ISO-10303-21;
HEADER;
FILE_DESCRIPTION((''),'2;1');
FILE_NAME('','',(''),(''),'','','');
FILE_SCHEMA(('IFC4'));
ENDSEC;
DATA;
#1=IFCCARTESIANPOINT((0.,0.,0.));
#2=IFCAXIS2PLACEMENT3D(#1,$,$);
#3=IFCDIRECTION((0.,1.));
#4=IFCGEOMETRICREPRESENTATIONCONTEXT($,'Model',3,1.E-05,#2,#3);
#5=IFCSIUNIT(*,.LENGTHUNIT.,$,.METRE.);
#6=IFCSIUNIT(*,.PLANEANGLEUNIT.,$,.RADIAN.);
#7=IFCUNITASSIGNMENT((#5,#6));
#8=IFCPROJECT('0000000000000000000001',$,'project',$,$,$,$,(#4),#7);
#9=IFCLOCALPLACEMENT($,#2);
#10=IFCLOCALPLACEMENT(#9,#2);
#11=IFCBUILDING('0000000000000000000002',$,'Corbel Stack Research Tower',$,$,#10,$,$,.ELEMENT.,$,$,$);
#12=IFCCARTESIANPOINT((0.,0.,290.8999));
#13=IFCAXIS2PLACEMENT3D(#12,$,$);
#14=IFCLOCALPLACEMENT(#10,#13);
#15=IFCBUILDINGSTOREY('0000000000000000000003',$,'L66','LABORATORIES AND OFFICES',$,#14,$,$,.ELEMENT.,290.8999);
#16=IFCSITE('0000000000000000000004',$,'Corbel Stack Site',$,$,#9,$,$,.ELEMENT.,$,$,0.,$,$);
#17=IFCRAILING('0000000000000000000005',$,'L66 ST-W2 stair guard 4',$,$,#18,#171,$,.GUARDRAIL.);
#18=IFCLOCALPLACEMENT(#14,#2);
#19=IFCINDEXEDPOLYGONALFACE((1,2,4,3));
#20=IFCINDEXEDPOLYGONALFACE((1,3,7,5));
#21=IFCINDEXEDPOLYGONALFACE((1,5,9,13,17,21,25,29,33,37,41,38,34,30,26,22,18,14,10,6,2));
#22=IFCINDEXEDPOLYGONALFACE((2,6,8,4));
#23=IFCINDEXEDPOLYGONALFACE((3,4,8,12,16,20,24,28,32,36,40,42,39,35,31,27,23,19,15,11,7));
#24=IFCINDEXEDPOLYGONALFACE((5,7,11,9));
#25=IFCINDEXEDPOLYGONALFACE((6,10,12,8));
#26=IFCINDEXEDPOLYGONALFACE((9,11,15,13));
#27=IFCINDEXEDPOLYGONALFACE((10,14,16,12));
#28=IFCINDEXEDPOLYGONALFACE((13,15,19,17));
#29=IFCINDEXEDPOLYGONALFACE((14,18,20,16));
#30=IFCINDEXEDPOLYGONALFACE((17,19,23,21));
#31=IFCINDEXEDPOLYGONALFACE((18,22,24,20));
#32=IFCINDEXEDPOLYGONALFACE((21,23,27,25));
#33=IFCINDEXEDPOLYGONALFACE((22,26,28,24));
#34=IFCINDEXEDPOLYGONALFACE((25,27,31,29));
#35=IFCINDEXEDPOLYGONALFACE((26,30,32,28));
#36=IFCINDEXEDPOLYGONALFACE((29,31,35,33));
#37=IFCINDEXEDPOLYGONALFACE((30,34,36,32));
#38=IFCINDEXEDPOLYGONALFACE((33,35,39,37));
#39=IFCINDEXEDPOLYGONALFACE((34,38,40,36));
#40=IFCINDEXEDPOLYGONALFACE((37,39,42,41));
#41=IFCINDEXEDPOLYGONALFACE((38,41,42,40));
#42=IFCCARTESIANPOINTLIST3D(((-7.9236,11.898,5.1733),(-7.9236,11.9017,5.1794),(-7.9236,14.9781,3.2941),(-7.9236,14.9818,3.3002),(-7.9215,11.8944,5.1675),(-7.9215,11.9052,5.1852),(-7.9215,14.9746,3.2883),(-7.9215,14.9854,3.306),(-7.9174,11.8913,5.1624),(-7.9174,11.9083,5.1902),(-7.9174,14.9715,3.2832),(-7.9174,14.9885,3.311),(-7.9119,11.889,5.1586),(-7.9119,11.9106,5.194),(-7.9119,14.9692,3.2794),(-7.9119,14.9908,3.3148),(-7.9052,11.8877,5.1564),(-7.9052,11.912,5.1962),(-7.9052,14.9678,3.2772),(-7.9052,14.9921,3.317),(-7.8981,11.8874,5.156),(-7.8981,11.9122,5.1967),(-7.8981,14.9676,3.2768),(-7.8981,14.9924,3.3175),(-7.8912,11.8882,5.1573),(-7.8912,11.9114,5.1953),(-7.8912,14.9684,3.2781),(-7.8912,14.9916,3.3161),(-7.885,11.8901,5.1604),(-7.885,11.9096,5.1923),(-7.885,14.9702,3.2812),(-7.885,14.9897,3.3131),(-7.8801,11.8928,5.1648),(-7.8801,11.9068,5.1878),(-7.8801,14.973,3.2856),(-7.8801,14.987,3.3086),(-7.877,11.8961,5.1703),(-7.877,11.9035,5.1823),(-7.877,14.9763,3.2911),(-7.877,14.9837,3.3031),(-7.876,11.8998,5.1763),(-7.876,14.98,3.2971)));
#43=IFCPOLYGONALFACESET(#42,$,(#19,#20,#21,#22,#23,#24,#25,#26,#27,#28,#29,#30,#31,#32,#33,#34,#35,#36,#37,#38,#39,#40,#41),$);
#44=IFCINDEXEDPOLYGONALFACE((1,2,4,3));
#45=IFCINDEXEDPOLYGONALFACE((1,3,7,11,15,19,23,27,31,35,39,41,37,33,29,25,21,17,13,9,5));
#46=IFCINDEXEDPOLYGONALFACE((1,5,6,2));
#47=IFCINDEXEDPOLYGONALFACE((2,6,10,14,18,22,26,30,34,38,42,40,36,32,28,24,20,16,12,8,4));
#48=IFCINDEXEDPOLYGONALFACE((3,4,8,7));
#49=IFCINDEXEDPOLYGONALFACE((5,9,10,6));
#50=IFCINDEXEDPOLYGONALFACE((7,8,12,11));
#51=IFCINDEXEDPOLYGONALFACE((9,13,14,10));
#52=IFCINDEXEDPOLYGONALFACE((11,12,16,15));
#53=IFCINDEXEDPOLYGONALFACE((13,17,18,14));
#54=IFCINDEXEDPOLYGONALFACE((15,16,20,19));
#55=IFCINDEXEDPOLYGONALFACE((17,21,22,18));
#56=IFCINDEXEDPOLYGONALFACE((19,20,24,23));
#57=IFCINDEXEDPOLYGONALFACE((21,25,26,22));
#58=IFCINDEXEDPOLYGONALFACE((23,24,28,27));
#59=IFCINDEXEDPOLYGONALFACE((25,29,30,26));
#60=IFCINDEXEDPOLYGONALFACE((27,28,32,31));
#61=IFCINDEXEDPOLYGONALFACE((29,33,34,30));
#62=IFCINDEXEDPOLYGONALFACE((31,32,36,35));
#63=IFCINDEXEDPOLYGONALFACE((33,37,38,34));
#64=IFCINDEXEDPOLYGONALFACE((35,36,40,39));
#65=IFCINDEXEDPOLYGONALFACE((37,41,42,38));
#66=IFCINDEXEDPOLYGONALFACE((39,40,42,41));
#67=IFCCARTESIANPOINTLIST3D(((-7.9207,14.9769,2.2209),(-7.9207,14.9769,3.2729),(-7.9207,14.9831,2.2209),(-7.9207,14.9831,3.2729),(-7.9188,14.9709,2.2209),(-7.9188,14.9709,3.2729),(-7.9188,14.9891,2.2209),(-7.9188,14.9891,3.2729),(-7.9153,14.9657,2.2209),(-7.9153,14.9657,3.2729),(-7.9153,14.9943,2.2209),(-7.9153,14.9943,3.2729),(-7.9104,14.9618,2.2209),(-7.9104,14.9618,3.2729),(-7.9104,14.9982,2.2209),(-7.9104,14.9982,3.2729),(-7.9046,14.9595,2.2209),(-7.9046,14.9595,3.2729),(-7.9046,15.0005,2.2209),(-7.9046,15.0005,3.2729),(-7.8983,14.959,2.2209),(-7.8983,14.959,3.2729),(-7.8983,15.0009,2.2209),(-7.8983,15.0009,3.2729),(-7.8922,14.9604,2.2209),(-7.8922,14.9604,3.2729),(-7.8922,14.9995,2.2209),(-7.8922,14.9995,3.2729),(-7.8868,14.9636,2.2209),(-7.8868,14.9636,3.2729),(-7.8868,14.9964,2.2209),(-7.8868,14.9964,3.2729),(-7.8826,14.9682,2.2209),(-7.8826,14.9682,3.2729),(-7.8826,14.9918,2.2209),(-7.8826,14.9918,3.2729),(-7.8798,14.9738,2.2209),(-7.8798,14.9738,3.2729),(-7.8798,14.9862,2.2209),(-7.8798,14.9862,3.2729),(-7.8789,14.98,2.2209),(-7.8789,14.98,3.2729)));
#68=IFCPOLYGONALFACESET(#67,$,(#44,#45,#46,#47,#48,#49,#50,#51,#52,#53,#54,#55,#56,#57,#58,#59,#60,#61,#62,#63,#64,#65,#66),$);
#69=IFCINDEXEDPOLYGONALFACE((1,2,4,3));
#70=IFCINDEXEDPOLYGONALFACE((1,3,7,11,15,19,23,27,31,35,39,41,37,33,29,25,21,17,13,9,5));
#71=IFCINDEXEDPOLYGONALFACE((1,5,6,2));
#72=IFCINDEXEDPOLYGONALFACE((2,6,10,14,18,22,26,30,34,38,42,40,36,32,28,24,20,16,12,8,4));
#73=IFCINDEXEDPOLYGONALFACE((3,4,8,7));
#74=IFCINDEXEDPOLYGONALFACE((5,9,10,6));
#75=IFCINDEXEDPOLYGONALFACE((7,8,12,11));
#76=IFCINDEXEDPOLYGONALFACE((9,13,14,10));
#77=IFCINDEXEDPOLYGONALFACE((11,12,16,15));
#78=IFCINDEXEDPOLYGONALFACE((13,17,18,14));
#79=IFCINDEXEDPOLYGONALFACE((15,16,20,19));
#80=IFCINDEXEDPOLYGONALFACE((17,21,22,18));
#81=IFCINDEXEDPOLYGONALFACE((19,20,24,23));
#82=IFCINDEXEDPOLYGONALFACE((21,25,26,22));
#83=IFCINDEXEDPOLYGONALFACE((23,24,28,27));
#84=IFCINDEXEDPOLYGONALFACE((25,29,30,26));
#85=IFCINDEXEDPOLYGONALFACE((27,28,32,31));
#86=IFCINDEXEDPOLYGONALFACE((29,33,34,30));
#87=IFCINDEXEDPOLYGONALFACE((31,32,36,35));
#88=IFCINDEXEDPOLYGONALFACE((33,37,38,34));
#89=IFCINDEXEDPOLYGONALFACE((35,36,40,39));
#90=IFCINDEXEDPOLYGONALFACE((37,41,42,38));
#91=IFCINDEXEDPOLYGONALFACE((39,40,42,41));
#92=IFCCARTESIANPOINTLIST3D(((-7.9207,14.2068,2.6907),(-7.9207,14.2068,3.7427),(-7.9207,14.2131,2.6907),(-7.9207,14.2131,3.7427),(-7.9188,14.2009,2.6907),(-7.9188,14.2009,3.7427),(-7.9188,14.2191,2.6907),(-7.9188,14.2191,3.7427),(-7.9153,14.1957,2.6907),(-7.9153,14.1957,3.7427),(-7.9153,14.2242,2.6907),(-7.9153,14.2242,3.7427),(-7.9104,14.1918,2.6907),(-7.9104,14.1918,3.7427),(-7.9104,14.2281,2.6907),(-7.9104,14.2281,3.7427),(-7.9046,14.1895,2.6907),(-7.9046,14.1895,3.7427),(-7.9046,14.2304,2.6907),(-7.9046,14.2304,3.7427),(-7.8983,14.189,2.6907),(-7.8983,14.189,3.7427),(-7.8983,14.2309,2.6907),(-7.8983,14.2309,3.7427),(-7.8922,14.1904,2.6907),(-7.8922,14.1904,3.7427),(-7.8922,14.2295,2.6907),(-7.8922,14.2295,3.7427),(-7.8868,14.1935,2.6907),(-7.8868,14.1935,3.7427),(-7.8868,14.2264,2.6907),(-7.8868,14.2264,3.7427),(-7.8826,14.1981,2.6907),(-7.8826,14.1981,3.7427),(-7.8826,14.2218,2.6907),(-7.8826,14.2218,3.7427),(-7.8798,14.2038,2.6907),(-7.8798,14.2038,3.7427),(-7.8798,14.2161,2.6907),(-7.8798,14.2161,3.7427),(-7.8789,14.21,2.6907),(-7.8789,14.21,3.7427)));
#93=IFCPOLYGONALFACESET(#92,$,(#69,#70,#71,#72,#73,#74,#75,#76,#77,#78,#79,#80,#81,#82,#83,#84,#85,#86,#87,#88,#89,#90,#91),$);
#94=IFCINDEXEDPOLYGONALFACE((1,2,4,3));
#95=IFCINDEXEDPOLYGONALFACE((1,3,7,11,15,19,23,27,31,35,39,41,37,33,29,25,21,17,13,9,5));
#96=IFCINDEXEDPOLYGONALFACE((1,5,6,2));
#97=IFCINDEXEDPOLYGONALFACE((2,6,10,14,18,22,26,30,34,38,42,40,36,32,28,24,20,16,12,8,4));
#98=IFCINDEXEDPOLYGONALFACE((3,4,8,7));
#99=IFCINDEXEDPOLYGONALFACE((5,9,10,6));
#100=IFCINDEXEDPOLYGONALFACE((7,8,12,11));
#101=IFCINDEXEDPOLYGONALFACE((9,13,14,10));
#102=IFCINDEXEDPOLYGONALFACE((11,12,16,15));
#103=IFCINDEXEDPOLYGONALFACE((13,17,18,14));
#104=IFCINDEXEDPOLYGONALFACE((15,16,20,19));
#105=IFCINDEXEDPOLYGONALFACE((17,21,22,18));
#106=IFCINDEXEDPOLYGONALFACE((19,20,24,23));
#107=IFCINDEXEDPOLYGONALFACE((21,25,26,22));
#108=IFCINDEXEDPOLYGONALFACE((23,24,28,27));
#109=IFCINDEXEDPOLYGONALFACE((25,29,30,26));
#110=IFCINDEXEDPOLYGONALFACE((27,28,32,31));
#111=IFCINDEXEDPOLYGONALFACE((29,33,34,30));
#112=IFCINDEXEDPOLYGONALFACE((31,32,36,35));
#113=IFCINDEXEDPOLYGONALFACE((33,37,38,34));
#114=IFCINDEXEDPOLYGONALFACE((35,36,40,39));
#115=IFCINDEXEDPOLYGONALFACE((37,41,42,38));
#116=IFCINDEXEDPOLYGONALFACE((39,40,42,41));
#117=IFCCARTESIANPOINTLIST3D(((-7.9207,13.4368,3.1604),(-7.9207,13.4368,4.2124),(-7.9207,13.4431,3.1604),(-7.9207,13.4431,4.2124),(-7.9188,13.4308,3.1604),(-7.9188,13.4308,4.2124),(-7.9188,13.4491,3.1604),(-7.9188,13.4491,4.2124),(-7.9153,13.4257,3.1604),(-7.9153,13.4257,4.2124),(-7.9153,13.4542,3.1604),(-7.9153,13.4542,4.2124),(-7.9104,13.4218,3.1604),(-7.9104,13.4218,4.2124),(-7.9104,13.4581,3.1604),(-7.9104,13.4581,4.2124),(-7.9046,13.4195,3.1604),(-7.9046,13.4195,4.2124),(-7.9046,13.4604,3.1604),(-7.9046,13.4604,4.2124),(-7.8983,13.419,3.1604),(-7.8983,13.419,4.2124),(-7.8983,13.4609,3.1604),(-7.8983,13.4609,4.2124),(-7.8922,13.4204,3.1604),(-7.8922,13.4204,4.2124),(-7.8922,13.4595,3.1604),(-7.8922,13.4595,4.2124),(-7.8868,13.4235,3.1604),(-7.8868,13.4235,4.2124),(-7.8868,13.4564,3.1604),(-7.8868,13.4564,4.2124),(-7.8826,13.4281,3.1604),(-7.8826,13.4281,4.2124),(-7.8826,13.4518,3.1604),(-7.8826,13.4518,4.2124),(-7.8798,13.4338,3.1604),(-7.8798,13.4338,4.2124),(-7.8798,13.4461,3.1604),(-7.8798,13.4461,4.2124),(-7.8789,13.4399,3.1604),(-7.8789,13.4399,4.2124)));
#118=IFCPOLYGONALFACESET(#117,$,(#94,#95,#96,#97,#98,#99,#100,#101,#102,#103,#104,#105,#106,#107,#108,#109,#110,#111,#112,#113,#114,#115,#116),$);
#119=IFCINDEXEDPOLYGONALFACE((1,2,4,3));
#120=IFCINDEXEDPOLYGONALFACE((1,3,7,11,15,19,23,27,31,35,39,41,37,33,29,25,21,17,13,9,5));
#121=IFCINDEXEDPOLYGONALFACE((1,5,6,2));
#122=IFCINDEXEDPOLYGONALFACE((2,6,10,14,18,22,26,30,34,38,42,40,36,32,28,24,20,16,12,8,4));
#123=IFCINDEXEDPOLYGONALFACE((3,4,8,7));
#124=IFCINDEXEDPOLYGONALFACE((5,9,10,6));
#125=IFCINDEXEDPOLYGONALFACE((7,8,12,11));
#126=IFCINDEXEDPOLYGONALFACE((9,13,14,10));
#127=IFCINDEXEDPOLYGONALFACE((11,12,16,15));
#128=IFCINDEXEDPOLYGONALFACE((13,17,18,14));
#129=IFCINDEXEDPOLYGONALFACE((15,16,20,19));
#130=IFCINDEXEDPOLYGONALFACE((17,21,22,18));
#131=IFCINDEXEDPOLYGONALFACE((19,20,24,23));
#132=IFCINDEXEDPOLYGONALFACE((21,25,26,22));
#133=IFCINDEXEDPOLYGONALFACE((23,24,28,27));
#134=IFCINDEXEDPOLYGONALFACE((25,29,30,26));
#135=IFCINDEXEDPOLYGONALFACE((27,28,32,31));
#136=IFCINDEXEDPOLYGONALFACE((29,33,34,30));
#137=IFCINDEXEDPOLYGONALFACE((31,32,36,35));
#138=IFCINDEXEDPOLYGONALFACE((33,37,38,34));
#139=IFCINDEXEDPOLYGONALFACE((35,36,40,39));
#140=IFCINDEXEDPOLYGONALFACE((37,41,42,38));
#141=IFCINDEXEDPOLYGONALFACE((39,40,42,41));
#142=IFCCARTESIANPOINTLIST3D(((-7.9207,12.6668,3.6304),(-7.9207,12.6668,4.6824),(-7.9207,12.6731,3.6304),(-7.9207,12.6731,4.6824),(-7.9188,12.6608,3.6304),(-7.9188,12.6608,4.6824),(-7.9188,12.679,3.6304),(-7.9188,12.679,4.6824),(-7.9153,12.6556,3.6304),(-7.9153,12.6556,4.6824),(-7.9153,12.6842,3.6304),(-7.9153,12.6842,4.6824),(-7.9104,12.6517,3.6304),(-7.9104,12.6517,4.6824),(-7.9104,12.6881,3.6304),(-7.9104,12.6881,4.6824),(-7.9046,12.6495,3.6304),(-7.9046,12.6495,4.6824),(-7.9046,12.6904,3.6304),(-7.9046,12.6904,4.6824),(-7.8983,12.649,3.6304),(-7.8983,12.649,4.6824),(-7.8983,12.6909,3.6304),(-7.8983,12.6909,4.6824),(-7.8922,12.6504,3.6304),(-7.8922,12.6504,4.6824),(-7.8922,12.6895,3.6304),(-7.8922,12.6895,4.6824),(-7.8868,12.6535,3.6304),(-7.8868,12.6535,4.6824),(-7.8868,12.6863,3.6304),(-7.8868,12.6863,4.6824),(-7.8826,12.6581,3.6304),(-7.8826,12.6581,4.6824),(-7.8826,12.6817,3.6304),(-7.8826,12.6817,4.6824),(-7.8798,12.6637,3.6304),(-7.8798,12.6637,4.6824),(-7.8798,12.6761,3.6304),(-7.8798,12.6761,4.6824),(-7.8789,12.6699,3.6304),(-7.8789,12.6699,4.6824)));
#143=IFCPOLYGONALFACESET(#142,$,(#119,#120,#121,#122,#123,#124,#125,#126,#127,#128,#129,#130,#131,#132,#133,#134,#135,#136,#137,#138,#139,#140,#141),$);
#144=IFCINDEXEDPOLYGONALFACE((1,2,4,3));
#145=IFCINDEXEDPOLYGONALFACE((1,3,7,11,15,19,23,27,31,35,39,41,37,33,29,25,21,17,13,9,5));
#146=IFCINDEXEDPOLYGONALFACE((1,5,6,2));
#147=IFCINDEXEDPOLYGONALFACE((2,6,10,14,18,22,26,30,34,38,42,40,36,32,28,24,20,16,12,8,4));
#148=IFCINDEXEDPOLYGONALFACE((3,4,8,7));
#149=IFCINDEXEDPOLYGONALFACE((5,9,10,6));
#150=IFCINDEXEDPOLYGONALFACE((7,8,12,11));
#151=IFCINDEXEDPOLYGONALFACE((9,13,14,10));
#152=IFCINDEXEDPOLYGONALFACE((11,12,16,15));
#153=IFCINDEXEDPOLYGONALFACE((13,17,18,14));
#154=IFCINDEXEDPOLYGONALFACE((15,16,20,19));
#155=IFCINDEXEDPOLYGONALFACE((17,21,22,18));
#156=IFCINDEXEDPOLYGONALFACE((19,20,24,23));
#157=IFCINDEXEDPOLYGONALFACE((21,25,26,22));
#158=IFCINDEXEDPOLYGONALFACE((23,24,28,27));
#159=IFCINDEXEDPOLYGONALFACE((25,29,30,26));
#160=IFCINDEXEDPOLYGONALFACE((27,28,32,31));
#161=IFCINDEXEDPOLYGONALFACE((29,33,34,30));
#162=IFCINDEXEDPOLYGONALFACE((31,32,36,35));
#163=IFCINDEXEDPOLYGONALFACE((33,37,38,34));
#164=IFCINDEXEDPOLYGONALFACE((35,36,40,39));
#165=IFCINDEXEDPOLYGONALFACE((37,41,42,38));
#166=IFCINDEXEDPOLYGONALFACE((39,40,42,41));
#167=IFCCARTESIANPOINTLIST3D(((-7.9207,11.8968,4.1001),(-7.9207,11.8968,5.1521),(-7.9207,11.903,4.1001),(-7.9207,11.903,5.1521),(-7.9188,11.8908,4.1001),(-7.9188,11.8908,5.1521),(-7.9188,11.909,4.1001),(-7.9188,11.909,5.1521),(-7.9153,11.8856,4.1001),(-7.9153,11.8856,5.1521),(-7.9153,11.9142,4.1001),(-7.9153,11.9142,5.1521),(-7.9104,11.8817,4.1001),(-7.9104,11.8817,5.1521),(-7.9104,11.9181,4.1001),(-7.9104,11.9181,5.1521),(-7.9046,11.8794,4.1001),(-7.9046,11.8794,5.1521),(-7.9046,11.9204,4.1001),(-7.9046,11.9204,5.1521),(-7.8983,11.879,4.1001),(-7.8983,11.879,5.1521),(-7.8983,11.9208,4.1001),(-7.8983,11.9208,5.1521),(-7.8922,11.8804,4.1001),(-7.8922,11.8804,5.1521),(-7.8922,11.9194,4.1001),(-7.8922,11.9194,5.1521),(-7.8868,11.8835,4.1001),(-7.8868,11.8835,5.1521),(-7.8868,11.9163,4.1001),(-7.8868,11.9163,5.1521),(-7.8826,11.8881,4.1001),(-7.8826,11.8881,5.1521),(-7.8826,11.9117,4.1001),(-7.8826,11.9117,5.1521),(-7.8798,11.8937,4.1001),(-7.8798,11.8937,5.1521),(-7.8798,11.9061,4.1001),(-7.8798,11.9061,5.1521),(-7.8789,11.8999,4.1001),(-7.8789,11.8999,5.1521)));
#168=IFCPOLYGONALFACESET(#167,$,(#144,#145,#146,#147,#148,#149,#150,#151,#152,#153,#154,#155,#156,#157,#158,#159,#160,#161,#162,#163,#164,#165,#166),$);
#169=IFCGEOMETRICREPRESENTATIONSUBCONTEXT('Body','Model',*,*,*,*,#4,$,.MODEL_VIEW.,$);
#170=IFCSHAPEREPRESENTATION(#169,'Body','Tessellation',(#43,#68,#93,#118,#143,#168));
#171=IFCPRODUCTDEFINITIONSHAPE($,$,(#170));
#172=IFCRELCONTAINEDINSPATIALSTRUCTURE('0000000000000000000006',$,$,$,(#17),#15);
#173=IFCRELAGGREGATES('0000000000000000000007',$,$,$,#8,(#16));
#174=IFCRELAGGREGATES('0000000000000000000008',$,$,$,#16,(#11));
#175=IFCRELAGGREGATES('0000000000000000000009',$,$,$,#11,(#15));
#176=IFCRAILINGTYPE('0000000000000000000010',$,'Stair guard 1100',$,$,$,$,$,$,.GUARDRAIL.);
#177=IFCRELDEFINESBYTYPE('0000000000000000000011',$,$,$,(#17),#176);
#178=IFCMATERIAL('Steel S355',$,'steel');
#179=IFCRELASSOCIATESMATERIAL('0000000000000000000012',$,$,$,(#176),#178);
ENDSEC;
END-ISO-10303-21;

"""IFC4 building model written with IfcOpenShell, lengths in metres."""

from ifc_helpers import new_model, si_unit, direction, frame, origin, origin_2d, place, context, subcontext, project, spatial, circle, extrude, material, type_object, element, save


model = new_model("IFC4")

# Units and contexts
model_context = context("Model", 3, precision=1e-05, world=origin(), true_north=direction((0.0, 1.0)))
body_context = subcontext(model_context, "Body", "Model", "MODEL_VIEW")
ifc_project = project(units=[si_unit("LENGTHUNIT", "METRE"), si_unit("PLANEANGLEUNIT", "RADIAN")], contexts=[model_context])

# Site, building, storey
site_placement = place(None, origin())
site = spatial("IfcSite", under=ifc_project, at=site_placement, Name="Corbel Stack Site", CompositionType="ELEMENT", RefElevation=0.0)
building_placement = place(site_placement, origin())
building = spatial("IfcBuilding", under=site, at=building_placement, Name="Corbel Stack Research Tower", CompositionType="ELEMENT")
storey_placement = place(building_placement, frame((0.0, 0.0, 290.8999)))
storey = spatial("IfcBuildingStorey", under=building, at=storey_placement, Name="L66", Description="LABORATORIES AND OFFICES", CompositionType="ELEMENT", Elevation=290.8999)

# Railing
ifc_material_1 = material(Name="Steel S355", Category="steel")
railing_type = type_object("IfcRailingType", Name="Stair guard 1100", PredefinedType="GUARDRAIL", material=ifc_material_1)
railing_1_placement = place(storey_placement, frame((-7.8999, 14.98, 2.2209)))
element("IfcRailing", 1, at=railing_1_placement, inside=storey, type_object=railing_type, Name="L66 ST-W2 stair guard 4", PredefinedType="GUARDRAIL", context=body_context, shape_type="SweptSolid", body=[
    extrude(circle(Radius=0.0239, at=origin_2d()), frame((0.0, 0.0, 1.0762), z_axis=(0.0, -0.853666, 0.52082), x_axis=(1.0, 0.0, 0.0)), (0.0, 0.0, 1.0), 3.6082),
    extrude(circle(Radius=0.021, at=origin_2d()), origin(), (0.0, 0.0, 1.0), 1.052),
    extrude(circle(Radius=0.021, at=origin_2d()), frame((0.0, -0.77, 0.4697)), (0.0, 0.0, 1.0), 1.052),
    extrude(circle(Radius=0.021, at=origin_2d()), frame((0.0, -1.54, 0.9395)), (0.0, 0.0, 1.0), 1.052),
    extrude(circle(Radius=0.021, at=origin_2d()), frame((0.0, -2.3101, 1.4094)), (0.0, 0.0, 1.0), 1.052),
    extrude(circle(Radius=0.021, at=origin_2d()), frame((0.0, -3.0801, 1.8792)), (0.0, 0.0, 1.0), 1.052),
])

save(model, "model.ifc")
